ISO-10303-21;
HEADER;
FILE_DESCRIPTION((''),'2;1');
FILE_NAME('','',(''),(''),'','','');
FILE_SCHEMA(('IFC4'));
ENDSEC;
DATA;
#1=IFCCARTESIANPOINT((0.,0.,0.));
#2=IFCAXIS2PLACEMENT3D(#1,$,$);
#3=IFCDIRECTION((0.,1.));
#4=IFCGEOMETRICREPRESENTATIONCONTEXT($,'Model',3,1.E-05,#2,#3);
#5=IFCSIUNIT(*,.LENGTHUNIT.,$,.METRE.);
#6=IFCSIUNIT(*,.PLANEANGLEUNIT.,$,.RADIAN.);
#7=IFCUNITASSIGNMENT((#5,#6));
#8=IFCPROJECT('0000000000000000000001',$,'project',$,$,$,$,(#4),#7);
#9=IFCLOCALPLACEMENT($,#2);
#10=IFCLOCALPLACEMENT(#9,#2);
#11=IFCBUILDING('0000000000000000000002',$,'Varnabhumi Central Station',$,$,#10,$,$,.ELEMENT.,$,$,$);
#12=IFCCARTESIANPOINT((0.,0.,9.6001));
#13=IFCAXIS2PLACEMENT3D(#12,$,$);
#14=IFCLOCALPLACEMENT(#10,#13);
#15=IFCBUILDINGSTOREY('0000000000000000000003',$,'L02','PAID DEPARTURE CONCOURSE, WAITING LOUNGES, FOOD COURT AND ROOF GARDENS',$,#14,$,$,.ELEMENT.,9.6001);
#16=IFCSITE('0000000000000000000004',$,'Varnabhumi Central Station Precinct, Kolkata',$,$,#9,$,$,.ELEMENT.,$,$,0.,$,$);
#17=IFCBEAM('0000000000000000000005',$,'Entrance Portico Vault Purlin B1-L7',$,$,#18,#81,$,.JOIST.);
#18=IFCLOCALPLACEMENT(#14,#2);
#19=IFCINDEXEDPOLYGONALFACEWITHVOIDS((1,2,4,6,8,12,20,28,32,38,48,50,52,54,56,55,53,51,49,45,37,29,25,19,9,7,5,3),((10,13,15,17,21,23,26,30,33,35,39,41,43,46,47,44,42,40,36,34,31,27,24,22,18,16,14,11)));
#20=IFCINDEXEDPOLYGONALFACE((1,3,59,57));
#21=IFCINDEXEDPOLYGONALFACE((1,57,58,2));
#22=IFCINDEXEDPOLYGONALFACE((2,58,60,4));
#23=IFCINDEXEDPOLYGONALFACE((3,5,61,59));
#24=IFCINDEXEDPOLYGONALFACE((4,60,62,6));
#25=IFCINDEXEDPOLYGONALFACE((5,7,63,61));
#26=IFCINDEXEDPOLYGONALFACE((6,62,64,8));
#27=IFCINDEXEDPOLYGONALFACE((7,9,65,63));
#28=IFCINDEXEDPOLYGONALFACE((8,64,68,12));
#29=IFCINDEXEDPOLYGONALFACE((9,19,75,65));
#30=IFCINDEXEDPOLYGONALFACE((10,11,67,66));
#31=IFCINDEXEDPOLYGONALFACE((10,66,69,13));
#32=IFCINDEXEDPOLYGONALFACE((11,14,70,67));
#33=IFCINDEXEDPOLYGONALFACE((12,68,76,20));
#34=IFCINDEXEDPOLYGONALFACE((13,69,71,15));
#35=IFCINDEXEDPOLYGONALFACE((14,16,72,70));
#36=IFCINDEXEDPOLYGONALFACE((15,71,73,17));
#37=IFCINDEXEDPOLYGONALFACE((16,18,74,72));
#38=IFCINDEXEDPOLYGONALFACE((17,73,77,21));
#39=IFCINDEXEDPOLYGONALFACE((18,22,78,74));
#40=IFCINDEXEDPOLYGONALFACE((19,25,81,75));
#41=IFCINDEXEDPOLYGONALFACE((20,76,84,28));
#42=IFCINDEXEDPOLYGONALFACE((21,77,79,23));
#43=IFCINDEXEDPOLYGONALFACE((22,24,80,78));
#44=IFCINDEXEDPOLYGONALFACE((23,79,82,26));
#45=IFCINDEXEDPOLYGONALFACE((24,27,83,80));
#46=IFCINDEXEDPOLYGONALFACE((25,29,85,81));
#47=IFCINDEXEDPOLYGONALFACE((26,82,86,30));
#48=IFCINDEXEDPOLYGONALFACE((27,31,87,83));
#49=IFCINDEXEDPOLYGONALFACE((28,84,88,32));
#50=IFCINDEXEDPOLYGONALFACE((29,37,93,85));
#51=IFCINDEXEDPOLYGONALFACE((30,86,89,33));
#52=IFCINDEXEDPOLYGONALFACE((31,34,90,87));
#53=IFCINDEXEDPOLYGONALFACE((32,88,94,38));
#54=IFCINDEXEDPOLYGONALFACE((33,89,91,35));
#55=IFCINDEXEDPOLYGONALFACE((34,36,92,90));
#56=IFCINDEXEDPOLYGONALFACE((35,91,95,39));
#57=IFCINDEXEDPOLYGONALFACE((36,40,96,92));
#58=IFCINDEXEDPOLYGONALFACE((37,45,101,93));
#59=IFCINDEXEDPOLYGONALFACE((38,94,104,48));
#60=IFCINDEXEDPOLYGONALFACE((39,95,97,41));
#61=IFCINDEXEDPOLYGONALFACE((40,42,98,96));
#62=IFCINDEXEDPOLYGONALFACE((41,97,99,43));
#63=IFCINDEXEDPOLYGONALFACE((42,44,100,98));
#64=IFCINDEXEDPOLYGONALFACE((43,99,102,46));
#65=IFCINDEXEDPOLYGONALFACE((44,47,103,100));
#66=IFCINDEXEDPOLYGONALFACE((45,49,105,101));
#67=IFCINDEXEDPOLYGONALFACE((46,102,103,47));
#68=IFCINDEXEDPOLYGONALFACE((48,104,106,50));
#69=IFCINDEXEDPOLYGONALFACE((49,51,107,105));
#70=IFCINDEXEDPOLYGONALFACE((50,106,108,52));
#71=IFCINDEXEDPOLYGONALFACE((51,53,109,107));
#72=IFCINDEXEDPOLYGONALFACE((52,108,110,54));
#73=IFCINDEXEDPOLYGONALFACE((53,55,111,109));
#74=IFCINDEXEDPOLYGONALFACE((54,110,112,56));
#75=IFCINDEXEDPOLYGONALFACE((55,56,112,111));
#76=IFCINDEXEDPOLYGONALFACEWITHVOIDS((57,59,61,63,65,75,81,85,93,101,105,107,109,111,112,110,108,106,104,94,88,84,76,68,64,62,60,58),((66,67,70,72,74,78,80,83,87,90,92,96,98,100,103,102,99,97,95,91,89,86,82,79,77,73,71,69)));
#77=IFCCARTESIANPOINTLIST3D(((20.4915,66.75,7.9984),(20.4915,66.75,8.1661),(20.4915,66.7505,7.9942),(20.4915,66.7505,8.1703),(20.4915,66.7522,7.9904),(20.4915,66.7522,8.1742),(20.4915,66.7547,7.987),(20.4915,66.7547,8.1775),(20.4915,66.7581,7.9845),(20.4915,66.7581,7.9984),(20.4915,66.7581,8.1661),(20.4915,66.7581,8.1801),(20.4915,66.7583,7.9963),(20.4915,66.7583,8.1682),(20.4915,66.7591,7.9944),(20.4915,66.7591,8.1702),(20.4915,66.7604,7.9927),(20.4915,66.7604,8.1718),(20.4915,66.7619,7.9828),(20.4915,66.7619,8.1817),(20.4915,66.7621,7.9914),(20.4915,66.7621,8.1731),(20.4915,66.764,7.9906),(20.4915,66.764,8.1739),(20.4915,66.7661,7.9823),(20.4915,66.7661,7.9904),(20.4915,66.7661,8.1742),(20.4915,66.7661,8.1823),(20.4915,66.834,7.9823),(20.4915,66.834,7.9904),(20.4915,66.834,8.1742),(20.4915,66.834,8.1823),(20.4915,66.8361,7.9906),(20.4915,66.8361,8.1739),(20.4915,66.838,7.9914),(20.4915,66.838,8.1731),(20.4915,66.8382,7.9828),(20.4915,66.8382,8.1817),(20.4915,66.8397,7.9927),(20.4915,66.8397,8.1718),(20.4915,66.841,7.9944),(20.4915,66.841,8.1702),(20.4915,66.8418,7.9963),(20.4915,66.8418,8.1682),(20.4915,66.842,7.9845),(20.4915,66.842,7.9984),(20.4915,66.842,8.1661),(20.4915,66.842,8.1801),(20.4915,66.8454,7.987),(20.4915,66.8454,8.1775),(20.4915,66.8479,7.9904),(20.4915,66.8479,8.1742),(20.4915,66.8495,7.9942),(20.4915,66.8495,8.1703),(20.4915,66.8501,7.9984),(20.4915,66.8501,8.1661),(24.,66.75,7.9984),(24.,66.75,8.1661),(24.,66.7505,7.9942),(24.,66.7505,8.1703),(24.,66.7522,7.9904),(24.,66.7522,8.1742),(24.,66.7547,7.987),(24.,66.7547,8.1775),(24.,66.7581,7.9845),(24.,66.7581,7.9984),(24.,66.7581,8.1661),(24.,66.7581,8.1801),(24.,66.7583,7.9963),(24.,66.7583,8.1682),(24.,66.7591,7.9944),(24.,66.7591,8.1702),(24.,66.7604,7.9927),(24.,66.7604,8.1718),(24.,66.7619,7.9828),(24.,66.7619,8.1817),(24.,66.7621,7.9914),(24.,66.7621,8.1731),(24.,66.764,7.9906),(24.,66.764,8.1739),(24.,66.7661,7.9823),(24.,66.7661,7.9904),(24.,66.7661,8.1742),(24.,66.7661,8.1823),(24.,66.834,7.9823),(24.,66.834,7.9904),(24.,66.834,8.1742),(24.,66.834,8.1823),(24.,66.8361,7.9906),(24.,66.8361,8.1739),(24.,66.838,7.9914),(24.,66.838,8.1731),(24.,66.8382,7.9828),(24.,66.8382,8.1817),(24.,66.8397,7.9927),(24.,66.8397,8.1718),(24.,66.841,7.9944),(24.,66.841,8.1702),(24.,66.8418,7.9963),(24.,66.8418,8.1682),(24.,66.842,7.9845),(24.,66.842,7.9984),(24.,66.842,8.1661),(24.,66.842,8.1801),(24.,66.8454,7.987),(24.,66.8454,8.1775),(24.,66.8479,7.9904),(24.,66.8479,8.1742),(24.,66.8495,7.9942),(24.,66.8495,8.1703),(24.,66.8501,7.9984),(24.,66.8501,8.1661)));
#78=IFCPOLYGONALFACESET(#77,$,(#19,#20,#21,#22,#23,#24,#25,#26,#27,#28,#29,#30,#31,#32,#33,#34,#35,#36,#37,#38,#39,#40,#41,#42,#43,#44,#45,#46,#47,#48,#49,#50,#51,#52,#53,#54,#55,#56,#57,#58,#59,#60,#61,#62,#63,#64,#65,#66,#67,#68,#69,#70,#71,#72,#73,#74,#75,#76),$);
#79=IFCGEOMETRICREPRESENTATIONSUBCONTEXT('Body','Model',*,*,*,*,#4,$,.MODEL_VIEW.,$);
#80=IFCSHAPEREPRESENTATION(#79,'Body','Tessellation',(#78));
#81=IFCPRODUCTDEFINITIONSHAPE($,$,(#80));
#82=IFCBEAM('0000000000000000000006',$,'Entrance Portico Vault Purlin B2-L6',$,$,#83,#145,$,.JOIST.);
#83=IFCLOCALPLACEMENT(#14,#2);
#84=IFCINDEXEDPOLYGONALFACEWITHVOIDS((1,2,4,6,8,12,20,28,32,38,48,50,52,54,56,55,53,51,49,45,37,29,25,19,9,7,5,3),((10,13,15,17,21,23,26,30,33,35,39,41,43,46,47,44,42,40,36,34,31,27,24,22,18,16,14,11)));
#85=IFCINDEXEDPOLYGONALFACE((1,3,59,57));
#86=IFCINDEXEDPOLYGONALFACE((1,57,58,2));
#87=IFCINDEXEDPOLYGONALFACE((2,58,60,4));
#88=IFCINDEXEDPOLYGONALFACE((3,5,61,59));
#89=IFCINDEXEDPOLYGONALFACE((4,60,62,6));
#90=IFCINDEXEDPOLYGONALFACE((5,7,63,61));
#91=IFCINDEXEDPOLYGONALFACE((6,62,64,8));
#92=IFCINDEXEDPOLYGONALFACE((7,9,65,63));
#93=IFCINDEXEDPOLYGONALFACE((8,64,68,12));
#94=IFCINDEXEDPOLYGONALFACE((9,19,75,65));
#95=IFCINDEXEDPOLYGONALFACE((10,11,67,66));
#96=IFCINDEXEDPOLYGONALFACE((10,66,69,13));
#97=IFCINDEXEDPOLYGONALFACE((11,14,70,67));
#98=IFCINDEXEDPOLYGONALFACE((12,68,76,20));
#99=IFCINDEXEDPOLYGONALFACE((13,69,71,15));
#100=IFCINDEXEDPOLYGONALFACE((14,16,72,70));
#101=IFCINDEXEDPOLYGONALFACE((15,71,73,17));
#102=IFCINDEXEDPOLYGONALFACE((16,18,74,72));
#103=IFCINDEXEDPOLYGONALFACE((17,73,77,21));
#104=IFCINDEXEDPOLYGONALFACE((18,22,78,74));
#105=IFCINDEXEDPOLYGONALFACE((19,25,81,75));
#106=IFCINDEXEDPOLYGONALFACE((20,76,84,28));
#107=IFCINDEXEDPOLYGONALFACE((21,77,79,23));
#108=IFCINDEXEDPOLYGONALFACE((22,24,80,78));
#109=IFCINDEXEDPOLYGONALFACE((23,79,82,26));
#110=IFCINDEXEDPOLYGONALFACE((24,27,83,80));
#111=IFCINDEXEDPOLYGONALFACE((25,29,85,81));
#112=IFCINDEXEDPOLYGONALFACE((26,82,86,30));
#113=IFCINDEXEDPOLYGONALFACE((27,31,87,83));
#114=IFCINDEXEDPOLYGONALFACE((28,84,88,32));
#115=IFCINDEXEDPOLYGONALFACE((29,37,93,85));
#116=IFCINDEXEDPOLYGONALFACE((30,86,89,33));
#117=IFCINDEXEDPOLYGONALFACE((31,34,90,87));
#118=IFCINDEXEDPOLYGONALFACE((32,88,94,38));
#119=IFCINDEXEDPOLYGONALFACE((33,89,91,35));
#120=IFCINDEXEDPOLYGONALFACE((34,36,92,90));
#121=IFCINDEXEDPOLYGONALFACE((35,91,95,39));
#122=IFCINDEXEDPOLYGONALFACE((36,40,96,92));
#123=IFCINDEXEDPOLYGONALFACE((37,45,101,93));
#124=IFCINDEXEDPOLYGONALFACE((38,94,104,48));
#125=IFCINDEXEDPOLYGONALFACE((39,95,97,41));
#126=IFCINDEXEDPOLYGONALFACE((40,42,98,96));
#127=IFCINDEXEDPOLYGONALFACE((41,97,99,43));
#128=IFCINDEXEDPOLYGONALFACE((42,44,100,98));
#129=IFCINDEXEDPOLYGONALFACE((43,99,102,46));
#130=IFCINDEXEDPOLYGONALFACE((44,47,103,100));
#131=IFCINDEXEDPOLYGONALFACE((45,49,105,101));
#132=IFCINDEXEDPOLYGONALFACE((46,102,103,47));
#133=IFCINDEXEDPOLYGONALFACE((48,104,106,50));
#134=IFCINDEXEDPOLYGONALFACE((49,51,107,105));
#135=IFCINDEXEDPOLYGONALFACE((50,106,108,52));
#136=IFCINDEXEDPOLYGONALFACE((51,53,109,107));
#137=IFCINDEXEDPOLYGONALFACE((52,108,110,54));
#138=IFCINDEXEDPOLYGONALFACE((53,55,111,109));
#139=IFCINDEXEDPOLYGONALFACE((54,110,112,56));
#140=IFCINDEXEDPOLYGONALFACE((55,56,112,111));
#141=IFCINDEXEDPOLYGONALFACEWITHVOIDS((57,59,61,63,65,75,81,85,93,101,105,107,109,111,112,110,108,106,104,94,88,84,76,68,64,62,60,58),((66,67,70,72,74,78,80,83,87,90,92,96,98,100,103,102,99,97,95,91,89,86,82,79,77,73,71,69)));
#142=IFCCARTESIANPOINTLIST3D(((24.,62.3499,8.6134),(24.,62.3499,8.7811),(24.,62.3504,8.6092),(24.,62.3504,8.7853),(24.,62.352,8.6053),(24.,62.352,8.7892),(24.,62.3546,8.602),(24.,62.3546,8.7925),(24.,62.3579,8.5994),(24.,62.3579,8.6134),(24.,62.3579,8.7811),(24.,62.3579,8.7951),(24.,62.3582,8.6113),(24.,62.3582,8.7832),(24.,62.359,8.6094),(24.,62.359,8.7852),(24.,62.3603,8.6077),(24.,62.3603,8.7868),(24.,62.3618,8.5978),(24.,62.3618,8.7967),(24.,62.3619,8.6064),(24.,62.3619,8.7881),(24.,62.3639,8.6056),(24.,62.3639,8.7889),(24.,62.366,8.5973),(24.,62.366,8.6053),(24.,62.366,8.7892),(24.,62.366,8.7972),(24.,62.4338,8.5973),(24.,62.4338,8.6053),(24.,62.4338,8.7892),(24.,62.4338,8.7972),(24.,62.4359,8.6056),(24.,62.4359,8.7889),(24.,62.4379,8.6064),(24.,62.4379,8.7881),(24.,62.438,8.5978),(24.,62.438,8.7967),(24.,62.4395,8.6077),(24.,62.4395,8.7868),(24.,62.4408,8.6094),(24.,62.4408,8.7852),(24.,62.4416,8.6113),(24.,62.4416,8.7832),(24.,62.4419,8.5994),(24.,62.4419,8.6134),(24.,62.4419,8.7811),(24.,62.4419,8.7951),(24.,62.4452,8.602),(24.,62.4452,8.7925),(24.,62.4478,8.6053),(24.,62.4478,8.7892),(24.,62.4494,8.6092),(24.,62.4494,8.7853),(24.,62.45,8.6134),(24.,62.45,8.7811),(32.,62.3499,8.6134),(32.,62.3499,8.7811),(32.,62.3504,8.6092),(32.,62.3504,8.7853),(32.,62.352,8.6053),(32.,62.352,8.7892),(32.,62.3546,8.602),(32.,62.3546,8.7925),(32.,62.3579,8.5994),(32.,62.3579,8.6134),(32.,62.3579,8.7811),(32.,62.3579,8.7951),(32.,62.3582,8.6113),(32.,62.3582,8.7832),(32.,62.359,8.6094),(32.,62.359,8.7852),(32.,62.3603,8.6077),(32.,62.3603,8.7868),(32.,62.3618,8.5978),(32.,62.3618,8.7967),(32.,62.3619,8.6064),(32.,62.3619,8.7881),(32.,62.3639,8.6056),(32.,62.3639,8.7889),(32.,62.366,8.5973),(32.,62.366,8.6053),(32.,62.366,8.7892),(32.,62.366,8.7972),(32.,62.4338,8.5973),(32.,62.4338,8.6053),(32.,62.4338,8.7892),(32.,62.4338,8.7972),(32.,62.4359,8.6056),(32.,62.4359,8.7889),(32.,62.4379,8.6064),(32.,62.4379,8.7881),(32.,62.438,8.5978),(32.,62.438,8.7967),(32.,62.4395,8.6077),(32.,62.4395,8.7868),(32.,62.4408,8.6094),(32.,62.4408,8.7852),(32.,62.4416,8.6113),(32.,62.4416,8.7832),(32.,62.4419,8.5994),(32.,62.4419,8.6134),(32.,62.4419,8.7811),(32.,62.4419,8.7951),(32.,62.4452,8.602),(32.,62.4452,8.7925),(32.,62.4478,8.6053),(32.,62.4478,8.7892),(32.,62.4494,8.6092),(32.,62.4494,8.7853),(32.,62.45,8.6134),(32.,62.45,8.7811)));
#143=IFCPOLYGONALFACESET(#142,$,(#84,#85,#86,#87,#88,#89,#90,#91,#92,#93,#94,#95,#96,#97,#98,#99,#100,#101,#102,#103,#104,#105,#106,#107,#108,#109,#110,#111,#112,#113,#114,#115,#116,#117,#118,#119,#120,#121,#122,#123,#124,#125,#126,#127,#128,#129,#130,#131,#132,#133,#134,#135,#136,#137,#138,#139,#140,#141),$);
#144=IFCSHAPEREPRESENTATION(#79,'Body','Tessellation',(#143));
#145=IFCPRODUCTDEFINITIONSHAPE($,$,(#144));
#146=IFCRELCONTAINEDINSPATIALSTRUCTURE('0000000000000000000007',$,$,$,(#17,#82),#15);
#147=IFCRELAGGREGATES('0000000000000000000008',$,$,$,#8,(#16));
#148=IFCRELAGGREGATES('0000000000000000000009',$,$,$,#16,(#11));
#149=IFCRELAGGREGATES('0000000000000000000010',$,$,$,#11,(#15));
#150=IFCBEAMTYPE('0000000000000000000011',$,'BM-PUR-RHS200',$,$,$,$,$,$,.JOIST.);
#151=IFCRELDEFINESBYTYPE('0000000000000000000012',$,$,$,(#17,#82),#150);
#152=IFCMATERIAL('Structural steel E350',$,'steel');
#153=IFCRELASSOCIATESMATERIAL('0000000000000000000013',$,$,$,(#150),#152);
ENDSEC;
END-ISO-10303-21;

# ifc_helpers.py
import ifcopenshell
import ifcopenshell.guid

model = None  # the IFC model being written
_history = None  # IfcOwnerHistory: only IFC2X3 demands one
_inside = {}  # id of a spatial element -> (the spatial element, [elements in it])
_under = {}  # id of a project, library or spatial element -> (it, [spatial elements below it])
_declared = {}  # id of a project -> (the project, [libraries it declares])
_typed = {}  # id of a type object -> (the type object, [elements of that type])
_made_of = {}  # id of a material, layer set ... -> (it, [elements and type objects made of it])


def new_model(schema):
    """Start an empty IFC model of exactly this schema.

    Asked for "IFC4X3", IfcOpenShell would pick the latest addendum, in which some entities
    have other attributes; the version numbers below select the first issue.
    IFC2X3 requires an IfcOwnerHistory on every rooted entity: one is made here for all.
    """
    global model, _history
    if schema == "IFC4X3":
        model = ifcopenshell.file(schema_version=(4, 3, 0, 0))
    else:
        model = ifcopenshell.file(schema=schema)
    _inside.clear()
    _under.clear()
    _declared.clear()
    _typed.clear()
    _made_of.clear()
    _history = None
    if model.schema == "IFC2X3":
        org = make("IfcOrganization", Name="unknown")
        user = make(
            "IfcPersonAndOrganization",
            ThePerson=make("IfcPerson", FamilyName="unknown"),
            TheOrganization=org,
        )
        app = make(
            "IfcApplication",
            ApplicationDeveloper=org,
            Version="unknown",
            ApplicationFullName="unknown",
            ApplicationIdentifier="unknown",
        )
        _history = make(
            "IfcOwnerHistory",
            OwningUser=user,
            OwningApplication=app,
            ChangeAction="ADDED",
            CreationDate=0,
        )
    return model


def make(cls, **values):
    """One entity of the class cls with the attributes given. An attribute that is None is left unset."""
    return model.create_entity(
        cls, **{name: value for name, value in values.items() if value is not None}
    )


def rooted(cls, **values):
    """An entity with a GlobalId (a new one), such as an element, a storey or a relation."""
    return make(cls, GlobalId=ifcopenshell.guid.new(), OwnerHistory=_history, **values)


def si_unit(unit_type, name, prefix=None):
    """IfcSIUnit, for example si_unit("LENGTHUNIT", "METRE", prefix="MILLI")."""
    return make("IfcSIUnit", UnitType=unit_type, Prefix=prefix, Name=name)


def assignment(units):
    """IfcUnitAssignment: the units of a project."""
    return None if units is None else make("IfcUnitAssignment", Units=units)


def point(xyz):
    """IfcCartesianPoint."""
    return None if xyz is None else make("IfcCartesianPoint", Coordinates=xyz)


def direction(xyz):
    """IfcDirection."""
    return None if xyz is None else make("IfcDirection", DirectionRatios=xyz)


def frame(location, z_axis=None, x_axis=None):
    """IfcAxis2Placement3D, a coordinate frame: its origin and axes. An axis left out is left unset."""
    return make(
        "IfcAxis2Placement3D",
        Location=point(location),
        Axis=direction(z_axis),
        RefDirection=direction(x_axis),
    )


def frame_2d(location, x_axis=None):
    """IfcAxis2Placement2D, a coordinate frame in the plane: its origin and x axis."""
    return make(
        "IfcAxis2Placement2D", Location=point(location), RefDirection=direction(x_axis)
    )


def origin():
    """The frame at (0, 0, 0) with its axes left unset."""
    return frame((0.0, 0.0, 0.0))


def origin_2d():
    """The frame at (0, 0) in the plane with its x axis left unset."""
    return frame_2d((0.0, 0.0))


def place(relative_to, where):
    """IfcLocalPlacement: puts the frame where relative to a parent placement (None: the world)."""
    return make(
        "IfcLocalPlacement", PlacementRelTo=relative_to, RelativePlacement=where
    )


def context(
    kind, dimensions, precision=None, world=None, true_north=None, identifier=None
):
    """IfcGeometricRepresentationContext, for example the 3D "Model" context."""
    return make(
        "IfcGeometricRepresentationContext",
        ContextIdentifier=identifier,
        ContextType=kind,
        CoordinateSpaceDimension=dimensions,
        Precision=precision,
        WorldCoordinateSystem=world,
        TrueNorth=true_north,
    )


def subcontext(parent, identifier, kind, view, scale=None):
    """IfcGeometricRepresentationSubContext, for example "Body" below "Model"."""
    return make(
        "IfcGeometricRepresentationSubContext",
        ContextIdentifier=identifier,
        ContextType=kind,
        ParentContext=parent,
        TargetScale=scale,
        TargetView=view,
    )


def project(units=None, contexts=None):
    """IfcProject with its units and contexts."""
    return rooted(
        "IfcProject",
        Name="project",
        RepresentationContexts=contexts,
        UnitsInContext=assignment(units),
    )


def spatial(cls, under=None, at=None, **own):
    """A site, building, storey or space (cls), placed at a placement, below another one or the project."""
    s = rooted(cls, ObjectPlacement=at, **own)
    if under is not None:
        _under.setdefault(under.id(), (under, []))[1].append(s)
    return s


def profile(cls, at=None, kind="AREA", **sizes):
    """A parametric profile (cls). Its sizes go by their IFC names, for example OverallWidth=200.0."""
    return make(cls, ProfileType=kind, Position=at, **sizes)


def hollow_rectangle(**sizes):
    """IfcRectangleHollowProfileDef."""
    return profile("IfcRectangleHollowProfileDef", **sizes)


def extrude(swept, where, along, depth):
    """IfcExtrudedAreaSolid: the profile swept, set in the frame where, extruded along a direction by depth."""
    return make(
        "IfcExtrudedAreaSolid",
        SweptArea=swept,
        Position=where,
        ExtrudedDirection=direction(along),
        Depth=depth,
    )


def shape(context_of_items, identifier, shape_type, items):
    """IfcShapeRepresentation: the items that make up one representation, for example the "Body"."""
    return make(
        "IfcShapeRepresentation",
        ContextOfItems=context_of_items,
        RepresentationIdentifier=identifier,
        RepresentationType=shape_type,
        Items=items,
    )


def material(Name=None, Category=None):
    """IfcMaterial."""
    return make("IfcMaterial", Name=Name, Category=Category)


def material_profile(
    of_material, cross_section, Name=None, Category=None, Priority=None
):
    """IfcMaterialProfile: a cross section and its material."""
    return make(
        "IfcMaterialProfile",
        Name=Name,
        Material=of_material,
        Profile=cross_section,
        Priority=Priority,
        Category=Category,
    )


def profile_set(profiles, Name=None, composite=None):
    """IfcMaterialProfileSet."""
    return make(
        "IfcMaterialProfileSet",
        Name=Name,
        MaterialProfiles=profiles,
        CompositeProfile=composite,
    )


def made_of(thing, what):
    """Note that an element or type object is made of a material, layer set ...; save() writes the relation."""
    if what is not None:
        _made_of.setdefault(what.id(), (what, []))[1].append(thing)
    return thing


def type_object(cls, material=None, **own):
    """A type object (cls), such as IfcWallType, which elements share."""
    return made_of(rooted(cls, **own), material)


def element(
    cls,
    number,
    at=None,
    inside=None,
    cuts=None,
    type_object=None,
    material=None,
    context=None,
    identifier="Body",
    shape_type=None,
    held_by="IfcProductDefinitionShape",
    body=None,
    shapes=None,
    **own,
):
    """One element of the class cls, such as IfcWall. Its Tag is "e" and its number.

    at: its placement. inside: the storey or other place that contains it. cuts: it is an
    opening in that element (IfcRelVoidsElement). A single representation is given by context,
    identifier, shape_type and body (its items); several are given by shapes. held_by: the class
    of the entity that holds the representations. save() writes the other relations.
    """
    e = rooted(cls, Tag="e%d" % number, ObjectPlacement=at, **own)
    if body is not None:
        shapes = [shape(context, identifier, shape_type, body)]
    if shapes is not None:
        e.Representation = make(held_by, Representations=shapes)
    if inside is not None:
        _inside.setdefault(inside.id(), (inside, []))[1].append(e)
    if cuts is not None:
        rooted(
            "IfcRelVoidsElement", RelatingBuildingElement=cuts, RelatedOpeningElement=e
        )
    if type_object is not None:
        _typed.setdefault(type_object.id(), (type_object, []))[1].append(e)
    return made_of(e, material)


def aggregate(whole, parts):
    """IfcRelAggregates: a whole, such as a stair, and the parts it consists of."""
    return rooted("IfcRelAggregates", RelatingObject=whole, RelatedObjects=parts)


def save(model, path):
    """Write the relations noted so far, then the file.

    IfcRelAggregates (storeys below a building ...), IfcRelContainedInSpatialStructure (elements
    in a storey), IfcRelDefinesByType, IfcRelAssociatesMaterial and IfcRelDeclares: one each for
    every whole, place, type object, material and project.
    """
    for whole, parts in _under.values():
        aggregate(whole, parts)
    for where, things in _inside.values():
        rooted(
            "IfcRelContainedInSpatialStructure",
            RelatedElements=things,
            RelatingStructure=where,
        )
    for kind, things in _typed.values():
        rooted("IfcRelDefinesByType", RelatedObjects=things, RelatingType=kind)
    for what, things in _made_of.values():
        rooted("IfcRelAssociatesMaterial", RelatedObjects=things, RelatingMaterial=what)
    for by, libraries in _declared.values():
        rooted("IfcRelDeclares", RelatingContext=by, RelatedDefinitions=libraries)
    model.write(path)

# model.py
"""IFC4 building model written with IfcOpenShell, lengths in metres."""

from ifc_helpers import new_model, si_unit, direction, frame, origin, origin_2d, place, context, subcontext, project, spatial, hollow_rectangle, extrude, material, material_profile, profile_set, type_object, element, save


model = new_model("IFC4")

# Units and contexts
model_context = context("Model", 3, precision=1e-05, world=origin(), true_north=direction((0.0, 1.0)))
body_context = subcontext(model_context, "Body", "Model", "MODEL_VIEW")
ifc_project = project(units=[si_unit("LENGTHUNIT", "METRE"), si_unit("PLANEANGLEUNIT", "RADIAN")], contexts=[model_context])

# Site, building, storey
site_placement = place(None, origin())
site = spatial("IfcSite", under=ifc_project, at=site_placement, Name="Varnabhumi Central Station Precinct, Kolkata", CompositionType="ELEMENT", RefElevation=0.0)
building_placement = place(site_placement, origin())
building = spatial("IfcBuilding", under=site, at=building_placement, Name="Varnabhumi Central Station", CompositionType="ELEMENT")
storey_placement = place(building_placement, frame((0.0, 0.0, 9.6001)))
storey = spatial("IfcBuildingStorey", under=building, at=storey_placement, Name="L02", Description="PAID DEPARTURE CONCOURSE, WAITING LOUNGES, FOOD COURT AND ROOF GARDENS", CompositionType="ELEMENT", Elevation=9.6001)

# Beams
ifc_material_1 = material(Name="Structural steel E350", Category="steel")
ifc_material_profile_1 = material_profile(ifc_material_1, hollow_rectangle(XDim=0.1001, YDim=0.2, WallThickness=0.0081, InnerFilletRadius=0.0081, OuterFilletRadius=0.0161, at=origin_2d()), Name="Structural steel E350", Category="steel")
ifc_profile_set_1 = profile_set([ifc_material_profile_1], Name="Structural steel E350")
beam_type_1 = type_object("IfcBeamType", Name="BM-PUR-RHS200", PredefinedType="JOIST", material=ifc_profile_set_1)
beam_1_placement = place(storey_placement, frame((20.4915, 66.8, 8.0823), z_axis=(1.0, 0.0, 0.0), x_axis=(0.0, 1.0, 0.0)))
element("IfcBeam", 1, at=beam_1_placement, inside=storey, type_object=beam_type_1, Name="Entrance Portico Vault Purlin B1-L7", PredefinedType="JOIST", context=body_context, shape_type="SweptSolid", body=[
    extrude(hollow_rectangle(XDim=0.1001, YDim=0.2, WallThickness=0.0081, InnerFilletRadius=0.0081, OuterFilletRadius=0.0161, at=origin_2d()), origin(), (0.0, 0.0, 1.0), 3.5085),
])
for number, where, z_axis, x_axis, name in (
    (2, (24.0, 62.3999, 8.6973), (1.0, 0.0, 0.0), (0.0, 1.0, 0.0), "Entrance Portico Vault Purlin B2-L6"),
):
    element("IfcBeam", number, at=place(storey_placement, frame(where, z_axis=z_axis, x_axis=x_axis)), inside=storey, type_object=beam_type_1, Name=name, PredefinedType="JOIST", context=body_context, shape_type="SweptSolid", body=[
        extrude(hollow_rectangle(XDim=0.1001, YDim=0.2, WallThickness=0.0081, InnerFilletRadius=0.0081, OuterFilletRadius=0.0161, at=origin_2d()), origin(), (0.0, 0.0, 1.0), 8.0),
    ])

save(model, "model.ifc")
